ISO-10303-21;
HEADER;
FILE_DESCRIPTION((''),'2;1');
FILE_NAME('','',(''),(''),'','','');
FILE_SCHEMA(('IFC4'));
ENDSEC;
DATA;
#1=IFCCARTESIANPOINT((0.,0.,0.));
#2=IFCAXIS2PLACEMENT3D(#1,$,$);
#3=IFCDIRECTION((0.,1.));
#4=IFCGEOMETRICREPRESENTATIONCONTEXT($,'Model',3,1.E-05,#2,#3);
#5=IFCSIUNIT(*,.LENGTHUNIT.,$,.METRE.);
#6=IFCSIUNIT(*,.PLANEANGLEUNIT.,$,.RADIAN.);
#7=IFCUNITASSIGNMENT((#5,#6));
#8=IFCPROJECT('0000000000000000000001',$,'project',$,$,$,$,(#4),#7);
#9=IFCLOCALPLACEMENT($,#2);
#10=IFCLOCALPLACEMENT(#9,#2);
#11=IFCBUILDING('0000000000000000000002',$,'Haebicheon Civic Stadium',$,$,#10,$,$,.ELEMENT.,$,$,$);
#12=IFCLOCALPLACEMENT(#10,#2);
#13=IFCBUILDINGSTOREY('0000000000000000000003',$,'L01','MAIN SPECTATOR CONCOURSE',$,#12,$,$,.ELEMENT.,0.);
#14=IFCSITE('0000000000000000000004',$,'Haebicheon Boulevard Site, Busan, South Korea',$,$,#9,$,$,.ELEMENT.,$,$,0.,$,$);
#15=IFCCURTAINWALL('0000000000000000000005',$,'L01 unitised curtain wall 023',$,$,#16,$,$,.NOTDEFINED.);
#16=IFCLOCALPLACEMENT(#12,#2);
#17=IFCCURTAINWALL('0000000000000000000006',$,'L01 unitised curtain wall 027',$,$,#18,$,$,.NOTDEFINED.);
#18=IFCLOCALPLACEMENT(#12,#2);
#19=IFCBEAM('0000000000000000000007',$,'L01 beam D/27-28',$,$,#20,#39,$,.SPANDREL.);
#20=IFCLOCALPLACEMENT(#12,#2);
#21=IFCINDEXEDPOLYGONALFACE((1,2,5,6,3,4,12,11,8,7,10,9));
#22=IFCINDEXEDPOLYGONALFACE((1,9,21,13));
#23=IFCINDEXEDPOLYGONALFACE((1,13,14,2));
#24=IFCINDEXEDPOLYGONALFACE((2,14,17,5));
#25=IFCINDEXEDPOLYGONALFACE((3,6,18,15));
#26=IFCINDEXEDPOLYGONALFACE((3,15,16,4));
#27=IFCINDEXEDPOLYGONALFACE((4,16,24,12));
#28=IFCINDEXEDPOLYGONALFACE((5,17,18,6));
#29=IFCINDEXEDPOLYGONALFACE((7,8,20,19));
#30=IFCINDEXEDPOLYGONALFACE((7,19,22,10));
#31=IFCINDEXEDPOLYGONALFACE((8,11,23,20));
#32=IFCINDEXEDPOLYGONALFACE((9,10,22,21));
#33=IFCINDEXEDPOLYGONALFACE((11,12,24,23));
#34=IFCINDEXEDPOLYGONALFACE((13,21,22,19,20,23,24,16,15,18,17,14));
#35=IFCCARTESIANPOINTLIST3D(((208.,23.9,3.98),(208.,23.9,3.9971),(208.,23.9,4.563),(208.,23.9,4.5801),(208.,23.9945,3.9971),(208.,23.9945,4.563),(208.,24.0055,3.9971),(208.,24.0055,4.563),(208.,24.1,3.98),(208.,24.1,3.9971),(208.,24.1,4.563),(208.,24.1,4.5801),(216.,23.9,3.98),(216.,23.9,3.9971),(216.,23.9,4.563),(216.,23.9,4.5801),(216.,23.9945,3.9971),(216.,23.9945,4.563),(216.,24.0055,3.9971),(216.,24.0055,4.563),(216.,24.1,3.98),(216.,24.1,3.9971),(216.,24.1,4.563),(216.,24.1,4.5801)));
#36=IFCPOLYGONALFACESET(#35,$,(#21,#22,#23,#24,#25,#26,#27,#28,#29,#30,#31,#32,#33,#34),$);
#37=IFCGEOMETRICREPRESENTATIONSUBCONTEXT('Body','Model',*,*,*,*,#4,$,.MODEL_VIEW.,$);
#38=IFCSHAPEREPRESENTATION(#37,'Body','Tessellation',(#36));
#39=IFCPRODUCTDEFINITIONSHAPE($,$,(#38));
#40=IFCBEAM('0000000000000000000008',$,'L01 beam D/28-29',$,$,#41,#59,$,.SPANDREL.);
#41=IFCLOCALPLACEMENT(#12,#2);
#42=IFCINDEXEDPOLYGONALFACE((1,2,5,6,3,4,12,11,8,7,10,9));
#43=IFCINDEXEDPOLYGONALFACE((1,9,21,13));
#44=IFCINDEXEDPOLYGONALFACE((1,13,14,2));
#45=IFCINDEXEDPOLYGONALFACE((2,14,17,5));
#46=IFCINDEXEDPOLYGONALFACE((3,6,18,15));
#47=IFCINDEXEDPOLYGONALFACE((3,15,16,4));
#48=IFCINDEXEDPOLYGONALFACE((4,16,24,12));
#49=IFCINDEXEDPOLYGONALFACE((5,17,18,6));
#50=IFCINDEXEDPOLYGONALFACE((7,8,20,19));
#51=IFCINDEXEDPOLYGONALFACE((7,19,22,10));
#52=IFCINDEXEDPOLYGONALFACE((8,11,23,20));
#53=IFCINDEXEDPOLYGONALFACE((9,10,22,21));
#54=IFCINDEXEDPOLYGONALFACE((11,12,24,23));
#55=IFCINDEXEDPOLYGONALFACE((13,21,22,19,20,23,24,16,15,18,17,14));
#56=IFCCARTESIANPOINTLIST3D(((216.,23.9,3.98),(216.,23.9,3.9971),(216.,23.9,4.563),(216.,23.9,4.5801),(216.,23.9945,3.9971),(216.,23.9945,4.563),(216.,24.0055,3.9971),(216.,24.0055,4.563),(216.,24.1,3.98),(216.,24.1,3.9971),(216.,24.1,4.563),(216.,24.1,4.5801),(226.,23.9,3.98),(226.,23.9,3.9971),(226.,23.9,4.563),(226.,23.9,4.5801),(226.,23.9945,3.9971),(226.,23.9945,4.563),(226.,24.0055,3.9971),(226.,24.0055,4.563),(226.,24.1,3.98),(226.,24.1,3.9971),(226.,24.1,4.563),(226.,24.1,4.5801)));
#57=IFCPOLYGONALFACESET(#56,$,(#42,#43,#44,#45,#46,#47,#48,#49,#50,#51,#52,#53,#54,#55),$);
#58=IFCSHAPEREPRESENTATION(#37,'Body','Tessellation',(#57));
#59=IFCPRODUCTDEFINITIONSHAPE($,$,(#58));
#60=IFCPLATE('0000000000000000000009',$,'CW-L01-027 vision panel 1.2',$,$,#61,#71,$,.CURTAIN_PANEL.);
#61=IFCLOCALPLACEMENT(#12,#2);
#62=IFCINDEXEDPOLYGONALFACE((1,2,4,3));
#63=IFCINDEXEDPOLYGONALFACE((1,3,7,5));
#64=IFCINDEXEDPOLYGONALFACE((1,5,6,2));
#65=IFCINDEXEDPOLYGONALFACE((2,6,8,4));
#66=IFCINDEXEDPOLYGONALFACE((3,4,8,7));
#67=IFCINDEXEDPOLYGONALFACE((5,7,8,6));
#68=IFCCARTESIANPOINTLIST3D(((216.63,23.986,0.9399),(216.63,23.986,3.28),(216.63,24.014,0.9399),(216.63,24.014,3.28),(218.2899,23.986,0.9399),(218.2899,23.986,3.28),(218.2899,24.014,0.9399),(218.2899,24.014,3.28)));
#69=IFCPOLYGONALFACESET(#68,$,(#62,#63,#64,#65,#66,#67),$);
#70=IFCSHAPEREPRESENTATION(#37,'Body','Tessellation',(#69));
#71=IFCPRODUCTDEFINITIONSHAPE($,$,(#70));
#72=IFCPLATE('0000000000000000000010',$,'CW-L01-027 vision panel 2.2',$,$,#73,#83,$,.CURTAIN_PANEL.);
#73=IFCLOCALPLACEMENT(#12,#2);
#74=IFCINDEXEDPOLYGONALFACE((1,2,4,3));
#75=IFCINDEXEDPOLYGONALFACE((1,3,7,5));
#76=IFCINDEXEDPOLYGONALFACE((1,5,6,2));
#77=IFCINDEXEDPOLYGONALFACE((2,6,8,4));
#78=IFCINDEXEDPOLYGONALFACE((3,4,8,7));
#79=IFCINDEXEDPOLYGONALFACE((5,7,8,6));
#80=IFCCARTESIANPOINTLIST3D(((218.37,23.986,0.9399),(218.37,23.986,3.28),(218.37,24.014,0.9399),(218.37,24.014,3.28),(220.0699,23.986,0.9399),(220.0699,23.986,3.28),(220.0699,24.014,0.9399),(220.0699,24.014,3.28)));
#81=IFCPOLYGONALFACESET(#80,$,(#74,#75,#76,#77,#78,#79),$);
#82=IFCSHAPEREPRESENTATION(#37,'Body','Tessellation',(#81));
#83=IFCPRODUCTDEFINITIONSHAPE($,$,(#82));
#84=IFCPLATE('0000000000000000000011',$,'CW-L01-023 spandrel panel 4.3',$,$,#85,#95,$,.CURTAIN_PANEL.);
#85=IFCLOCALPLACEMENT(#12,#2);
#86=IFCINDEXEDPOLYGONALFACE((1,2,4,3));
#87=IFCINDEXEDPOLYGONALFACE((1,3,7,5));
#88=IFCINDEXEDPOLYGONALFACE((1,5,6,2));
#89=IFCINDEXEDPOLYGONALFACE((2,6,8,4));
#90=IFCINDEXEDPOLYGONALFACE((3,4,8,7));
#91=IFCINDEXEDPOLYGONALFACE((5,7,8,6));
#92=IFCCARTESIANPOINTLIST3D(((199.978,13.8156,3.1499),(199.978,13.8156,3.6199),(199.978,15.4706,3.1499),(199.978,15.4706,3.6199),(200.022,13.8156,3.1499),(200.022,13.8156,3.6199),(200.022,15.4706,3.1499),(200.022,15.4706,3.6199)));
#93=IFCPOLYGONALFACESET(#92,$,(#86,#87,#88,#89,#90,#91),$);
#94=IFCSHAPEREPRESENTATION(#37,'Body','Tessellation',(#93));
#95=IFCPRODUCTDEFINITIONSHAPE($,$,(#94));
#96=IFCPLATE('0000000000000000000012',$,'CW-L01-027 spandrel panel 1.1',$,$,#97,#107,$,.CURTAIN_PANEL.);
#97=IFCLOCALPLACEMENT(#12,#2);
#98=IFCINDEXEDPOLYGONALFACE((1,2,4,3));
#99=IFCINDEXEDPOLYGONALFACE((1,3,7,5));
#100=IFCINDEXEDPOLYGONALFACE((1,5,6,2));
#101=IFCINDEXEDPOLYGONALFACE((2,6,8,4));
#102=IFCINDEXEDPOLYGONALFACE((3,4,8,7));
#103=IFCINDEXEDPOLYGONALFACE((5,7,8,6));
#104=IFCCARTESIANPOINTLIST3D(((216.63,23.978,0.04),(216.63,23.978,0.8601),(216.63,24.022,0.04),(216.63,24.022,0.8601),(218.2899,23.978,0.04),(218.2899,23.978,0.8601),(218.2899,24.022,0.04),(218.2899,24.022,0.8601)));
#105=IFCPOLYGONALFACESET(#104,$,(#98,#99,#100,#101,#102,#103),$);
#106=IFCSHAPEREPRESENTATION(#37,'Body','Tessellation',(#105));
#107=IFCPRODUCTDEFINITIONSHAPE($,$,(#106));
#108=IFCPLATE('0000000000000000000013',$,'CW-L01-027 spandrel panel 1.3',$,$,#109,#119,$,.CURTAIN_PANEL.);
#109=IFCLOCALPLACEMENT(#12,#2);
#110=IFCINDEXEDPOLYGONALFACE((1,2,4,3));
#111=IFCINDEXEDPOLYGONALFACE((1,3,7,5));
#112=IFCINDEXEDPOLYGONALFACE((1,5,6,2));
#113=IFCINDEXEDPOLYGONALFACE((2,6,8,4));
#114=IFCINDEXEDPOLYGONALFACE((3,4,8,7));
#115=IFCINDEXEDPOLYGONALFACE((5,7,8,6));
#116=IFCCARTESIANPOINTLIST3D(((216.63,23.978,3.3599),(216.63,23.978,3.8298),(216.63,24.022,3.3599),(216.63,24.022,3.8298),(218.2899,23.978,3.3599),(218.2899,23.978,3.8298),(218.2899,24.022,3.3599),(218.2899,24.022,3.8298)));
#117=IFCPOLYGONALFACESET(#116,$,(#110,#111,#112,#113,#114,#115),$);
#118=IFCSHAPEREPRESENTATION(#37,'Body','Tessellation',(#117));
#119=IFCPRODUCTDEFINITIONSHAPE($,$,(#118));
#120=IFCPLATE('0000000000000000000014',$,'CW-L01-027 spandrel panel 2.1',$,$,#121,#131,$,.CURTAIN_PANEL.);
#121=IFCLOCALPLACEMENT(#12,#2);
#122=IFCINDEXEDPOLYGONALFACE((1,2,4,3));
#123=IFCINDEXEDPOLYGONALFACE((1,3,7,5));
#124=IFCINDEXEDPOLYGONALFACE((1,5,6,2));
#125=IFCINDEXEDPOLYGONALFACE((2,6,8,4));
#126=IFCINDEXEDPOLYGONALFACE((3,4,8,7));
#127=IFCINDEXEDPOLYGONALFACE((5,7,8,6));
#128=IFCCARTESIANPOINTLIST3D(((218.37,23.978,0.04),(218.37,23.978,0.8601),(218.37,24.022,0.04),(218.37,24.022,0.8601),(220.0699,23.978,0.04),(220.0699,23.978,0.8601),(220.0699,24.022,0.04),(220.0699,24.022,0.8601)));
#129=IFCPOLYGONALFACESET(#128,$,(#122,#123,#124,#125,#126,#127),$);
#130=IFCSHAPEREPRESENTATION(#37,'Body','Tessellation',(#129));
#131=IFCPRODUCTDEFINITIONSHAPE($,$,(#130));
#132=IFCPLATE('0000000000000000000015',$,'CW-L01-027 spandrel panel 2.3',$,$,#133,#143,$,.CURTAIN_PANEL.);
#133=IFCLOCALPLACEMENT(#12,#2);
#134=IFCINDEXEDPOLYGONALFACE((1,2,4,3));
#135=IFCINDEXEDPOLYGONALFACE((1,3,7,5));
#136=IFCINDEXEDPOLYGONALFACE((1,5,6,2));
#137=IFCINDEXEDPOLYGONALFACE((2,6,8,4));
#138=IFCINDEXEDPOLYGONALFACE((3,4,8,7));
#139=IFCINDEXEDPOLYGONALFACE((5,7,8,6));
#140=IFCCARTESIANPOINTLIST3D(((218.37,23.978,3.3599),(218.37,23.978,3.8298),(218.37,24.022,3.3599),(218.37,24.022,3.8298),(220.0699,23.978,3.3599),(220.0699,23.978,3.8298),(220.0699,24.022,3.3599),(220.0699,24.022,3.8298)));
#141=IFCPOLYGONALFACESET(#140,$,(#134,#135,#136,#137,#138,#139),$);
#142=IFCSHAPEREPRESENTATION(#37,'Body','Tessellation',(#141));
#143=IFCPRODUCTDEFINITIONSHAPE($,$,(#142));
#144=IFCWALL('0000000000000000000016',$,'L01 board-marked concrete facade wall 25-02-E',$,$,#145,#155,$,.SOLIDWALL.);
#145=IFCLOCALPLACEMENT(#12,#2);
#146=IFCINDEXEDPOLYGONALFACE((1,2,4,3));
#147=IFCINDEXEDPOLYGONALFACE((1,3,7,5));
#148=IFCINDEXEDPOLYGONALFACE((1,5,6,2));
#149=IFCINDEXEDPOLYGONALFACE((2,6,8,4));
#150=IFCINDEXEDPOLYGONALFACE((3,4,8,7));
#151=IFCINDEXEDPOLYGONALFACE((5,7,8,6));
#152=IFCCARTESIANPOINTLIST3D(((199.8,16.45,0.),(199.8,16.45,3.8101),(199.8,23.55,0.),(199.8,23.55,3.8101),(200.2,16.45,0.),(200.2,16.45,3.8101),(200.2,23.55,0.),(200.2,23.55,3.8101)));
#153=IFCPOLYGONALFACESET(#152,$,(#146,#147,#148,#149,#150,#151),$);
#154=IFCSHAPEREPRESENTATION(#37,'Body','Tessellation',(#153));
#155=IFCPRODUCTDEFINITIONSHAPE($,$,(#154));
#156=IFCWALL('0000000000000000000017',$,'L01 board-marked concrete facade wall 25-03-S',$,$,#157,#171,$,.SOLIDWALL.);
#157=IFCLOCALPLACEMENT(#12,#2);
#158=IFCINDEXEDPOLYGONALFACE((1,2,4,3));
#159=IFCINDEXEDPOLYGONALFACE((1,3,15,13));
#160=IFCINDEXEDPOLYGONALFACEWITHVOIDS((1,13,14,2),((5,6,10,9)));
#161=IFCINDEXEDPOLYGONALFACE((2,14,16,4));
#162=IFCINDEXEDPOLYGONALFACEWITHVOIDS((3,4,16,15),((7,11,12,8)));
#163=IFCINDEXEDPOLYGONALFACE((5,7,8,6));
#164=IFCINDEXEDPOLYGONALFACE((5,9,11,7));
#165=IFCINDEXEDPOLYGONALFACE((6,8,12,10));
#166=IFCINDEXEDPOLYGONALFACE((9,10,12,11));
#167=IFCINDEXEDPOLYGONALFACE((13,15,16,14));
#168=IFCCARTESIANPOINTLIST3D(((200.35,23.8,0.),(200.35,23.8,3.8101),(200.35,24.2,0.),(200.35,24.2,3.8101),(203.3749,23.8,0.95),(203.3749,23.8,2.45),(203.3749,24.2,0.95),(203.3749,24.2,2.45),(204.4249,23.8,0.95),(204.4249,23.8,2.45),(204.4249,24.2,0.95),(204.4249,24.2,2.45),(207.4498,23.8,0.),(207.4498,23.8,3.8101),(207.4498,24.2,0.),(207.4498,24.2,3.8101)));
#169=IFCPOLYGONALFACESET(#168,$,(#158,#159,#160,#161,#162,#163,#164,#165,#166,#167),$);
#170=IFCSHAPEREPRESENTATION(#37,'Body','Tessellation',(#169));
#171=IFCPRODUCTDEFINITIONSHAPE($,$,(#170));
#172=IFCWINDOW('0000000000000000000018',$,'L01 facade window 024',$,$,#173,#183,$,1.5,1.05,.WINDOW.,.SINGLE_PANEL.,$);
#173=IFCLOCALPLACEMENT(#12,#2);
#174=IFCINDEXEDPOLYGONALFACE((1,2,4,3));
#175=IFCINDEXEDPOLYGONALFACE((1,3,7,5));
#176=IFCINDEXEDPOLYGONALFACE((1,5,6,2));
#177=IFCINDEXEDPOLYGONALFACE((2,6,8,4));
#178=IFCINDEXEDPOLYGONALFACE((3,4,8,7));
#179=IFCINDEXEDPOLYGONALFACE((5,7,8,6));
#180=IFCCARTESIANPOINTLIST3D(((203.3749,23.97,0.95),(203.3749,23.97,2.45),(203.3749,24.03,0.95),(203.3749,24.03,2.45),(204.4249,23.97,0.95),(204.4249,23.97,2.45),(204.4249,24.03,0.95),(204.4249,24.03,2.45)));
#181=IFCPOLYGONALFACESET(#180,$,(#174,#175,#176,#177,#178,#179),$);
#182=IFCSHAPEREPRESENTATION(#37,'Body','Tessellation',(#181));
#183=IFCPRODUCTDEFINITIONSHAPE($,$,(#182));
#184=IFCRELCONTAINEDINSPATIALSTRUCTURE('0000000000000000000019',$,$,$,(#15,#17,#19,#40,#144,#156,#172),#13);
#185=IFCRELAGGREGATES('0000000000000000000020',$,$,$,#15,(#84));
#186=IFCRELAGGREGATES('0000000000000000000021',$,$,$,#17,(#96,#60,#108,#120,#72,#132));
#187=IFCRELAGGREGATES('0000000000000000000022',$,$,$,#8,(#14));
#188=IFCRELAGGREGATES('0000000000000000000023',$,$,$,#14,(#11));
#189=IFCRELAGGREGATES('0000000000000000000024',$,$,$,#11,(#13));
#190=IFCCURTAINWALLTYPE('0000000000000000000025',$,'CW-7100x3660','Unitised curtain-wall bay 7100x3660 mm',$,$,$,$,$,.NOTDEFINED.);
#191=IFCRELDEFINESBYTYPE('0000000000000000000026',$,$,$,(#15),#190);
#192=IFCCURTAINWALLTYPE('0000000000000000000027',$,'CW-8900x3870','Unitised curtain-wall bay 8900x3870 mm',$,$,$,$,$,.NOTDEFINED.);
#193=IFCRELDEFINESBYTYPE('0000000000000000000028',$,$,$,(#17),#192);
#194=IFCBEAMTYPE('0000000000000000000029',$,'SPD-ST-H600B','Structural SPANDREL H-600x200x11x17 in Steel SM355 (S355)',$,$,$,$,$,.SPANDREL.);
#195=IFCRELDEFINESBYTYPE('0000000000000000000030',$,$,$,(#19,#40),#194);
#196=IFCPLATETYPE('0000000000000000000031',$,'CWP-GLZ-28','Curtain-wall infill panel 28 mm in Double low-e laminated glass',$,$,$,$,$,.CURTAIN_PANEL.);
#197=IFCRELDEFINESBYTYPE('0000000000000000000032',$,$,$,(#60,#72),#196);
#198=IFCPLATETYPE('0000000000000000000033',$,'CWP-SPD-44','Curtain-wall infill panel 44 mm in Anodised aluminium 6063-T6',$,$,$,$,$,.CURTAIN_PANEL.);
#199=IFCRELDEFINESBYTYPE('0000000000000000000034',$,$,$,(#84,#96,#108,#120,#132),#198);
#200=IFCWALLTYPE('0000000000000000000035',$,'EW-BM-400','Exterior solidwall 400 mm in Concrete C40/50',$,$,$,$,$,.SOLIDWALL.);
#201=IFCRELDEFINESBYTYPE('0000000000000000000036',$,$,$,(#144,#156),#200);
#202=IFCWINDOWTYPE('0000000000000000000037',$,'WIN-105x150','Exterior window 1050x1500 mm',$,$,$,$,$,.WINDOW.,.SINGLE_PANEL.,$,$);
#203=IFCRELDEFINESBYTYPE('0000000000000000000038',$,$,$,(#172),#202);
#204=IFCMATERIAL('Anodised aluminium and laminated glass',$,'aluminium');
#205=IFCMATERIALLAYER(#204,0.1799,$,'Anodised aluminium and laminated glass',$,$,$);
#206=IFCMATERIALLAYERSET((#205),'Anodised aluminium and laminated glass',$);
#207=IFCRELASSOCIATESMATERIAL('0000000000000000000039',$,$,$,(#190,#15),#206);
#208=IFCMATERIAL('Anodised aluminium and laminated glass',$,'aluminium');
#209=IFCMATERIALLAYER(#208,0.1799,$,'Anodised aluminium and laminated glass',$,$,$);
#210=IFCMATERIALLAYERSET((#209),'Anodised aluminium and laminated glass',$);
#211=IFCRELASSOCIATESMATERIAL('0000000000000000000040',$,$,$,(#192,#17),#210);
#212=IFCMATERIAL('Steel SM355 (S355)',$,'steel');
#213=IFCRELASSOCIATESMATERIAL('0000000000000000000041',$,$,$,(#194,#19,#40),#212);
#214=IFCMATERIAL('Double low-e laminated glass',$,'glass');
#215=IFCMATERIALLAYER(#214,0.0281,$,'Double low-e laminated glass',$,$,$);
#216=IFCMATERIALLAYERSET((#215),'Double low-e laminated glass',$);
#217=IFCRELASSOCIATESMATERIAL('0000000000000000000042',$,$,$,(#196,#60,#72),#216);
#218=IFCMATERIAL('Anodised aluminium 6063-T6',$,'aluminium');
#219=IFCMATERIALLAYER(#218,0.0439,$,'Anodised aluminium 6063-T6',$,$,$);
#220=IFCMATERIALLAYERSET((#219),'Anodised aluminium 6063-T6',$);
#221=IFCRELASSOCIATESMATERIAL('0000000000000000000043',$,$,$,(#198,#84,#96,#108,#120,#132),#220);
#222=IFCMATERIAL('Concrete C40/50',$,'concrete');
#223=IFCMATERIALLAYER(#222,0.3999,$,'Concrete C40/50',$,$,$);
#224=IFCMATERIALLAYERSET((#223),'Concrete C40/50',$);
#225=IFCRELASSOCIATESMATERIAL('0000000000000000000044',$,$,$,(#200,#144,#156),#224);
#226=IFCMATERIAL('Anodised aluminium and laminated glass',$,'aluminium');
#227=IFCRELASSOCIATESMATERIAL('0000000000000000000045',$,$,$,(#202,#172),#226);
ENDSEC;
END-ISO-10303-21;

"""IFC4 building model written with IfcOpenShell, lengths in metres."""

from ifc_helpers import new_model, si_unit, direction, frame, frame_2d, origin, origin_2d, place, context, subcontext, project, spatial, rectangle, i_section, extrude, material, layer, layer_set, material_profile, profile_set, type_object, element, fill, aggregate, save


model = new_model("IFC4")

# Units and contexts
model_context = context("Model", 3, precision=1e-05, world=origin(), true_north=direction((0.0, 1.0)))
body_context = subcontext(model_context, "Body", "Model", "MODEL_VIEW")
ifc_project = project(units=[si_unit("LENGTHUNIT", "METRE"), si_unit("PLANEANGLEUNIT", "RADIAN")], contexts=[model_context])

# Site, building, storey
site_placement = place(None, origin())
site = spatial("IfcSite", under=ifc_project, at=site_placement, Name="Haebicheon Boulevard Site, Busan, South Korea", CompositionType="ELEMENT", RefElevation=0.0)
building_placement = place(site_placement, origin())
building = spatial("IfcBuilding", under=site, at=building_placement, Name="Haebicheon Civic Stadium", CompositionType="ELEMENT")
storey_placement = place(building_placement, origin())
storey = spatial("IfcBuildingStorey", under=building, at=storey_placement, Name="L01", Description="MAIN SPECTATOR CONCOURSE", CompositionType="ELEMENT", Elevation=0.0)

# Curtain wall
ifc_material_1 = material(Name="Anodised aluminium and laminated glass", Category="aluminium")
ifc_layer_1 = layer(ifc_material_1, 0.1799, Name="Anodised aluminium and laminated glass")
ifc_layer_set_1 = layer_set([ifc_layer_1], Name="Anodised aluminium and laminated glass")
curtain_wall_type_1 = type_object("IfcCurtainWallType", Name="CW-7100x3660", Description="Unitised curtain-wall bay 7100x3660 mm", PredefinedType="NOTDEFINED", material=ifc_layer_set_1)
curtain_wall_1_placement = place(storey_placement, origin())
curtain_wall_1 = element("IfcCurtainWall", 1, at=curtain_wall_1_placement, inside=storey, type_object=curtain_wall_type_1, material=ifc_layer_set_1, Name="L01 unitised curtain wall 023", PredefinedType="NOTDEFINED")

# Curtain wall
ifc_material_2 = material(Name="Anodised aluminium and laminated glass", Category="aluminium")
ifc_layer_2 = layer(ifc_material_2, 0.1799, Name="Anodised aluminium and laminated glass")
ifc_layer_set_2 = layer_set([ifc_layer_2], Name="Anodised aluminium and laminated glass")
curtain_wall_type_2 = type_object("IfcCurtainWallType", Name="CW-8900x3870", Description="Unitised curtain-wall bay 8900x3870 mm", PredefinedType="NOTDEFINED", material=ifc_layer_set_2)
curtain_wall_2_placement = place(storey_placement, origin())
curtain_wall_2 = element("IfcCurtainWall", 2, at=curtain_wall_2_placement, inside=storey, type_object=curtain_wall_type_2, material=ifc_layer_set_2, Name="L01 unitised curtain wall 027", PredefinedType="NOTDEFINED")

# Beams
ifc_material_3 = material(Name="Steel SM355 (S355)", Category="steel")
ifc_material_profile_1 = material_profile(ifc_material_3, i_section(OverallWidth=0.2, OverallDepth=0.6001, WebThickness=0.011, FlangeThickness=0.0171, at=origin_2d()), Name="H-600x200x11x17")
ifc_profile_set_1 = profile_set([ifc_material_profile_1], Name="Steel SM355 (S355)")
beam_type_1 = type_object("IfcBeamType", Name="SPD-ST-H600B", Description="Structural SPANDREL H-600x200x11x17 in Steel SM355 (S355)", PredefinedType="SPANDREL", material=ifc_profile_set_1)
for number, where, z_axis, x_axis, name in (
    (3, (208.0, 24.0, 4.28), (1.0, 0.0, 0.0), (0.0, 1.0, 0.0), "L01 beam D/27-28"),
):
    element("IfcBeam", number, at=place(storey_placement, frame(where, z_axis=z_axis, x_axis=x_axis)), inside=storey, type_object=beam_type_1, material=ifc_profile_set_1, Name=name, PredefinedType="SPANDREL", context=body_context, shape_type="SweptSolid", body=[
        extrude(i_section(OverallWidth=0.2, OverallDepth=0.6001, WebThickness=0.011, FlangeThickness=0.0171, at=origin_2d()), origin(), (0.0, 0.0, 1.0), 8.0),
    ])
beam_placement = place(storey_placement, frame((216.0, 24.0, 4.28), z_axis=(1.0, 0.0, 0.0), x_axis=(0.0, 1.0, 0.0)))
element("IfcBeam", 4, at=beam_placement, inside=storey, type_object=beam_type_1, material=ifc_profile_set_1, Name="L01 beam D/28-29", PredefinedType="SPANDREL", context=body_context, shape_type="SweptSolid", body=[
    extrude(i_section(OverallWidth=0.2, OverallDepth=0.6001, WebThickness=0.011, FlangeThickness=0.0171, at=origin_2d()), origin(), (0.0, 0.0, 1.0), 10.0),
])

# Plates
ifc_material_4 = material(Name="Double low-e laminated glass", Category="glass")
ifc_layer_3 = layer(ifc_material_4, 0.0281, Name="Double low-e laminated glass")
ifc_layer_set_3 = layer_set([ifc_layer_3], Name="Double low-e laminated glass")
plate_type_1 = type_object("IfcPlateType", Name="CWP-GLZ-28", Description="Curtain-wall infill panel 28 mm in Double low-e laminated glass", PredefinedType="CURTAIN_PANEL", material=ifc_layer_set_3)
plate_1_placement = place(storey_placement, frame((217.46, 24.0, 0.9399), z_axis=(0.0, 0.0, 1.0), x_axis=(1.0, 0.0, 0.0)))
plate_1 = element("IfcPlate", 5, at=plate_1_placement, type_object=plate_type_1, material=ifc_layer_set_3, Name="CW-L01-027 vision panel 1.2", PredefinedType="CURTAIN_PANEL", context=body_context, shape_type="SweptSolid", body=[
    extrude(rectangle(XDim=1.6599, YDim=0.0281, at=origin_2d()), origin(), (0.0, 0.0, 1.0), 2.3401),
])
plate_2_placement = place(storey_placement, frame((219.22, 24.0, 0.9399), z_axis=(0.0, 0.0, 1.0), x_axis=(1.0, 0.0, 0.0)))
plate_2 = element("IfcPlate", 6, at=plate_2_placement, type_object=plate_type_1, material=ifc_layer_set_3, Name="CW-L01-027 vision panel 2.2", PredefinedType="CURTAIN_PANEL", context=body_context, shape_type="SweptSolid", body=[
    extrude(rectangle(XDim=1.7, YDim=0.0281, at=origin_2d()), origin(), (0.0, 0.0, 1.0), 2.3401),
])
ifc_material_5 = material(Name="Anodised aluminium 6063-T6", Category="aluminium")
ifc_layer_4 = layer(ifc_material_5, 0.0439, Name="Anodised aluminium 6063-T6")
ifc_layer_set_4 = layer_set([ifc_layer_4], Name="Anodised aluminium 6063-T6")
plate_type_2 = type_object("IfcPlateType", Name="CWP-SPD-44", Description="Curtain-wall infill panel 44 mm in Anodised aluminium 6063-T6", PredefinedType="CURTAIN_PANEL", material=ifc_layer_set_4)
plate_3_placement = place(storey_placement, frame((200.0, 14.6431, 3.1499), z_axis=(0.0, 0.0, 1.0), x_axis=(0.0, 1.0, 0.0)))
plate_3 = element("IfcPlate", 7, at=plate_3_placement, type_object=plate_type_2, material=ifc_layer_set_4, Name="CW-L01-023 spandrel panel 4.3", PredefinedType="CURTAIN_PANEL", context=body_context, shape_type="SweptSolid", body=[
    extrude(rectangle(XDim=1.655, YDim=0.0439, at=origin_2d()), origin(), (0.0, 0.0, 1.0), 0.47),
])
aggregate(curtain_wall_1, [plate_3])
plate_4_placement = place(storey_placement, frame((217.46, 24.0, 0.04), z_axis=(0.0, 0.0, 1.0), x_axis=(1.0, 0.0, 0.0)))
plate_4 = element("IfcPlate", 8, at=plate_4_placement, type_object=plate_type_2, material=ifc_layer_set_4, Name="CW-L01-027 spandrel panel 1.1", PredefinedType="CURTAIN_PANEL", context=body_context, shape_type="SweptSolid", body=[
    extrude(rectangle(XDim=1.6599, YDim=0.0439, at=origin_2d()), origin(), (0.0, 0.0, 1.0), 0.8201),
])
plate_5_placement = place(storey_placement, frame((217.46, 24.0, 3.3599), z_axis=(0.0, 0.0, 1.0), x_axis=(1.0, 0.0, 0.0)))
plate_5 = element("IfcPlate", 9, at=plate_5_placement, type_object=plate_type_2, material=ifc_layer_set_4, Name="CW-L01-027 spandrel panel 1.3", PredefinedType="CURTAIN_PANEL", context=body_context, shape_type="SweptSolid", body=[
    extrude(rectangle(XDim=1.6599, YDim=0.0439, at=origin_2d()), origin(), (0.0, 0.0, 1.0), 0.47),
])
plate_6_placement = place(storey_placement, frame((219.22, 24.0, 0.04), z_axis=(0.0, 0.0, 1.0), x_axis=(1.0, 0.0, 0.0)))
plate_6 = element("IfcPlate", 10, at=plate_6_placement, type_object=plate_type_2, material=ifc_layer_set_4, Name="CW-L01-027 spandrel panel 2.1", PredefinedType="CURTAIN_PANEL", context=body_context, shape_type="SweptSolid", body=[
    extrude(rectangle(XDim=1.7, YDim=0.0439, at=origin_2d()), origin(), (0.0, 0.0, 1.0), 0.8201),
])
plate_7_placement = place(storey_placement, frame((219.22, 24.0, 3.3599), z_axis=(0.0, 0.0, 1.0), x_axis=(1.0, 0.0, 0.0)))
plate_7 = element("IfcPlate", 11, at=plate_7_placement, type_object=plate_type_2, material=ifc_layer_set_4, Name="CW-L01-027 spandrel panel 2.3", PredefinedType="CURTAIN_PANEL", context=body_context, shape_type="SweptSolid", body=[
    extrude(rectangle(XDim=1.7, YDim=0.0439, at=origin_2d()), origin(), (0.0, 0.0, 1.0), 0.47),
])
aggregate(curtain_wall_2, [plate_4, plate_1, plate_5, plate_6, plate_2, plate_7])

# Wall
ifc_material_6 = material(Name="Concrete C40/50", Category="concrete")
ifc_layer_5 = layer(ifc_material_6, 0.3999, Name="Concrete C40/50")
ifc_layer_set_5 = layer_set([ifc_layer_5], Name="Concrete C40/50")
wall_type = type_object("IfcWallType", Name="EW-BM-400", Description="Exterior solidwall 400 mm in Concrete C40/50", PredefinedType="SOLIDWALL", material=ifc_layer_set_5)
wall_1_placement = place(storey_placement, frame((200.0, 16.45, 0.0), z_axis=(0.0, 0.0, 1.0), x_axis=(0.0, 1.0, 0.0)))
element("IfcWall", 12, at=wall_1_placement, inside=storey, type_object=wall_type, material=ifc_layer_set_5, Name="L01 board-marked concrete facade wall 25-02-E", PredefinedType="SOLIDWALL", context=body_context, shape_type="SweptSolid", body=[
    extrude(rectangle(XDim=7.1001, YDim=0.3999, at=frame_2d((3.55, 0.0))), origin(), (0.0, 0.0, 1.0), 3.8101),
])

# Wall, opening, window
wall_2_placement = place(storey_placement, frame((200.3501, 24.0, 0.0), z_axis=(0.0, 0.0, 1.0), x_axis=(1.0, 0.0, 0.0)))
wall_2 = element("IfcWall", 13, at=wall_2_placement, inside=storey, type_object=wall_type, material=ifc_layer_set_5, Name="L01 board-marked concrete facade wall 25-03-S", PredefinedType="SOLIDWALL", context=body_context, shape_type="SweptSolid", body=[
    extrude(rectangle(XDim=7.0999, YDim=0.3999, at=frame_2d((3.5498, 0.0))), origin(), (0.0, 0.0, 1.0), 3.8101),
])
opening_placement = place(wall_2_placement, frame((3.0249, 0.0, 0.95)))
opening = element("IfcOpeningElement", 14, at=opening_placement, cuts=wall_2, PredefinedType="OPENING", context=body_context, shape_type="SweptSolid", body=[
    extrude(rectangle(XDim=1.05, YDim=1.5, at=frame_2d((0.5249, 0.75))), frame((0.0, 0.21, 0.0), z_axis=(0.0, -1.0, 0.0), x_axis=(1.0, 0.0, 0.0)), (0.0, 0.0, 1.0), 0.4199),
])
ifc_material_7 = material(Name="Anodised aluminium and laminated glass", Category="aluminium")
window_type = type_object("IfcWindowType", Name="WIN-105x150", Description="Exterior window 1050x1500 mm", PartitioningType="SINGLE_PANEL", PredefinedType="WINDOW", material=ifc_material_7)
window_placement = place(opening_placement, origin())
window = element("IfcWindow", 15, at=window_placement, inside=storey, type_object=window_type, material=ifc_material_7, Name="L01 facade window 024", OverallHeight=1.5, OverallWidth=1.05, PartitioningType="SINGLE_PANEL", PredefinedType="WINDOW", context=body_context, shape_type="SweptSolid", body=[
    extrude(rectangle(XDim=1.05, YDim=1.5, at=frame_2d((0.5249, 0.75))), frame((0.0, 0.03, 0.0), z_axis=(0.0, -1.0, 0.0), x_axis=(1.0, 0.0, 0.0)), (0.0, 0.0, 1.0), 0.0601),
])
fill(opening, window)

save(model, "model.ifc")
